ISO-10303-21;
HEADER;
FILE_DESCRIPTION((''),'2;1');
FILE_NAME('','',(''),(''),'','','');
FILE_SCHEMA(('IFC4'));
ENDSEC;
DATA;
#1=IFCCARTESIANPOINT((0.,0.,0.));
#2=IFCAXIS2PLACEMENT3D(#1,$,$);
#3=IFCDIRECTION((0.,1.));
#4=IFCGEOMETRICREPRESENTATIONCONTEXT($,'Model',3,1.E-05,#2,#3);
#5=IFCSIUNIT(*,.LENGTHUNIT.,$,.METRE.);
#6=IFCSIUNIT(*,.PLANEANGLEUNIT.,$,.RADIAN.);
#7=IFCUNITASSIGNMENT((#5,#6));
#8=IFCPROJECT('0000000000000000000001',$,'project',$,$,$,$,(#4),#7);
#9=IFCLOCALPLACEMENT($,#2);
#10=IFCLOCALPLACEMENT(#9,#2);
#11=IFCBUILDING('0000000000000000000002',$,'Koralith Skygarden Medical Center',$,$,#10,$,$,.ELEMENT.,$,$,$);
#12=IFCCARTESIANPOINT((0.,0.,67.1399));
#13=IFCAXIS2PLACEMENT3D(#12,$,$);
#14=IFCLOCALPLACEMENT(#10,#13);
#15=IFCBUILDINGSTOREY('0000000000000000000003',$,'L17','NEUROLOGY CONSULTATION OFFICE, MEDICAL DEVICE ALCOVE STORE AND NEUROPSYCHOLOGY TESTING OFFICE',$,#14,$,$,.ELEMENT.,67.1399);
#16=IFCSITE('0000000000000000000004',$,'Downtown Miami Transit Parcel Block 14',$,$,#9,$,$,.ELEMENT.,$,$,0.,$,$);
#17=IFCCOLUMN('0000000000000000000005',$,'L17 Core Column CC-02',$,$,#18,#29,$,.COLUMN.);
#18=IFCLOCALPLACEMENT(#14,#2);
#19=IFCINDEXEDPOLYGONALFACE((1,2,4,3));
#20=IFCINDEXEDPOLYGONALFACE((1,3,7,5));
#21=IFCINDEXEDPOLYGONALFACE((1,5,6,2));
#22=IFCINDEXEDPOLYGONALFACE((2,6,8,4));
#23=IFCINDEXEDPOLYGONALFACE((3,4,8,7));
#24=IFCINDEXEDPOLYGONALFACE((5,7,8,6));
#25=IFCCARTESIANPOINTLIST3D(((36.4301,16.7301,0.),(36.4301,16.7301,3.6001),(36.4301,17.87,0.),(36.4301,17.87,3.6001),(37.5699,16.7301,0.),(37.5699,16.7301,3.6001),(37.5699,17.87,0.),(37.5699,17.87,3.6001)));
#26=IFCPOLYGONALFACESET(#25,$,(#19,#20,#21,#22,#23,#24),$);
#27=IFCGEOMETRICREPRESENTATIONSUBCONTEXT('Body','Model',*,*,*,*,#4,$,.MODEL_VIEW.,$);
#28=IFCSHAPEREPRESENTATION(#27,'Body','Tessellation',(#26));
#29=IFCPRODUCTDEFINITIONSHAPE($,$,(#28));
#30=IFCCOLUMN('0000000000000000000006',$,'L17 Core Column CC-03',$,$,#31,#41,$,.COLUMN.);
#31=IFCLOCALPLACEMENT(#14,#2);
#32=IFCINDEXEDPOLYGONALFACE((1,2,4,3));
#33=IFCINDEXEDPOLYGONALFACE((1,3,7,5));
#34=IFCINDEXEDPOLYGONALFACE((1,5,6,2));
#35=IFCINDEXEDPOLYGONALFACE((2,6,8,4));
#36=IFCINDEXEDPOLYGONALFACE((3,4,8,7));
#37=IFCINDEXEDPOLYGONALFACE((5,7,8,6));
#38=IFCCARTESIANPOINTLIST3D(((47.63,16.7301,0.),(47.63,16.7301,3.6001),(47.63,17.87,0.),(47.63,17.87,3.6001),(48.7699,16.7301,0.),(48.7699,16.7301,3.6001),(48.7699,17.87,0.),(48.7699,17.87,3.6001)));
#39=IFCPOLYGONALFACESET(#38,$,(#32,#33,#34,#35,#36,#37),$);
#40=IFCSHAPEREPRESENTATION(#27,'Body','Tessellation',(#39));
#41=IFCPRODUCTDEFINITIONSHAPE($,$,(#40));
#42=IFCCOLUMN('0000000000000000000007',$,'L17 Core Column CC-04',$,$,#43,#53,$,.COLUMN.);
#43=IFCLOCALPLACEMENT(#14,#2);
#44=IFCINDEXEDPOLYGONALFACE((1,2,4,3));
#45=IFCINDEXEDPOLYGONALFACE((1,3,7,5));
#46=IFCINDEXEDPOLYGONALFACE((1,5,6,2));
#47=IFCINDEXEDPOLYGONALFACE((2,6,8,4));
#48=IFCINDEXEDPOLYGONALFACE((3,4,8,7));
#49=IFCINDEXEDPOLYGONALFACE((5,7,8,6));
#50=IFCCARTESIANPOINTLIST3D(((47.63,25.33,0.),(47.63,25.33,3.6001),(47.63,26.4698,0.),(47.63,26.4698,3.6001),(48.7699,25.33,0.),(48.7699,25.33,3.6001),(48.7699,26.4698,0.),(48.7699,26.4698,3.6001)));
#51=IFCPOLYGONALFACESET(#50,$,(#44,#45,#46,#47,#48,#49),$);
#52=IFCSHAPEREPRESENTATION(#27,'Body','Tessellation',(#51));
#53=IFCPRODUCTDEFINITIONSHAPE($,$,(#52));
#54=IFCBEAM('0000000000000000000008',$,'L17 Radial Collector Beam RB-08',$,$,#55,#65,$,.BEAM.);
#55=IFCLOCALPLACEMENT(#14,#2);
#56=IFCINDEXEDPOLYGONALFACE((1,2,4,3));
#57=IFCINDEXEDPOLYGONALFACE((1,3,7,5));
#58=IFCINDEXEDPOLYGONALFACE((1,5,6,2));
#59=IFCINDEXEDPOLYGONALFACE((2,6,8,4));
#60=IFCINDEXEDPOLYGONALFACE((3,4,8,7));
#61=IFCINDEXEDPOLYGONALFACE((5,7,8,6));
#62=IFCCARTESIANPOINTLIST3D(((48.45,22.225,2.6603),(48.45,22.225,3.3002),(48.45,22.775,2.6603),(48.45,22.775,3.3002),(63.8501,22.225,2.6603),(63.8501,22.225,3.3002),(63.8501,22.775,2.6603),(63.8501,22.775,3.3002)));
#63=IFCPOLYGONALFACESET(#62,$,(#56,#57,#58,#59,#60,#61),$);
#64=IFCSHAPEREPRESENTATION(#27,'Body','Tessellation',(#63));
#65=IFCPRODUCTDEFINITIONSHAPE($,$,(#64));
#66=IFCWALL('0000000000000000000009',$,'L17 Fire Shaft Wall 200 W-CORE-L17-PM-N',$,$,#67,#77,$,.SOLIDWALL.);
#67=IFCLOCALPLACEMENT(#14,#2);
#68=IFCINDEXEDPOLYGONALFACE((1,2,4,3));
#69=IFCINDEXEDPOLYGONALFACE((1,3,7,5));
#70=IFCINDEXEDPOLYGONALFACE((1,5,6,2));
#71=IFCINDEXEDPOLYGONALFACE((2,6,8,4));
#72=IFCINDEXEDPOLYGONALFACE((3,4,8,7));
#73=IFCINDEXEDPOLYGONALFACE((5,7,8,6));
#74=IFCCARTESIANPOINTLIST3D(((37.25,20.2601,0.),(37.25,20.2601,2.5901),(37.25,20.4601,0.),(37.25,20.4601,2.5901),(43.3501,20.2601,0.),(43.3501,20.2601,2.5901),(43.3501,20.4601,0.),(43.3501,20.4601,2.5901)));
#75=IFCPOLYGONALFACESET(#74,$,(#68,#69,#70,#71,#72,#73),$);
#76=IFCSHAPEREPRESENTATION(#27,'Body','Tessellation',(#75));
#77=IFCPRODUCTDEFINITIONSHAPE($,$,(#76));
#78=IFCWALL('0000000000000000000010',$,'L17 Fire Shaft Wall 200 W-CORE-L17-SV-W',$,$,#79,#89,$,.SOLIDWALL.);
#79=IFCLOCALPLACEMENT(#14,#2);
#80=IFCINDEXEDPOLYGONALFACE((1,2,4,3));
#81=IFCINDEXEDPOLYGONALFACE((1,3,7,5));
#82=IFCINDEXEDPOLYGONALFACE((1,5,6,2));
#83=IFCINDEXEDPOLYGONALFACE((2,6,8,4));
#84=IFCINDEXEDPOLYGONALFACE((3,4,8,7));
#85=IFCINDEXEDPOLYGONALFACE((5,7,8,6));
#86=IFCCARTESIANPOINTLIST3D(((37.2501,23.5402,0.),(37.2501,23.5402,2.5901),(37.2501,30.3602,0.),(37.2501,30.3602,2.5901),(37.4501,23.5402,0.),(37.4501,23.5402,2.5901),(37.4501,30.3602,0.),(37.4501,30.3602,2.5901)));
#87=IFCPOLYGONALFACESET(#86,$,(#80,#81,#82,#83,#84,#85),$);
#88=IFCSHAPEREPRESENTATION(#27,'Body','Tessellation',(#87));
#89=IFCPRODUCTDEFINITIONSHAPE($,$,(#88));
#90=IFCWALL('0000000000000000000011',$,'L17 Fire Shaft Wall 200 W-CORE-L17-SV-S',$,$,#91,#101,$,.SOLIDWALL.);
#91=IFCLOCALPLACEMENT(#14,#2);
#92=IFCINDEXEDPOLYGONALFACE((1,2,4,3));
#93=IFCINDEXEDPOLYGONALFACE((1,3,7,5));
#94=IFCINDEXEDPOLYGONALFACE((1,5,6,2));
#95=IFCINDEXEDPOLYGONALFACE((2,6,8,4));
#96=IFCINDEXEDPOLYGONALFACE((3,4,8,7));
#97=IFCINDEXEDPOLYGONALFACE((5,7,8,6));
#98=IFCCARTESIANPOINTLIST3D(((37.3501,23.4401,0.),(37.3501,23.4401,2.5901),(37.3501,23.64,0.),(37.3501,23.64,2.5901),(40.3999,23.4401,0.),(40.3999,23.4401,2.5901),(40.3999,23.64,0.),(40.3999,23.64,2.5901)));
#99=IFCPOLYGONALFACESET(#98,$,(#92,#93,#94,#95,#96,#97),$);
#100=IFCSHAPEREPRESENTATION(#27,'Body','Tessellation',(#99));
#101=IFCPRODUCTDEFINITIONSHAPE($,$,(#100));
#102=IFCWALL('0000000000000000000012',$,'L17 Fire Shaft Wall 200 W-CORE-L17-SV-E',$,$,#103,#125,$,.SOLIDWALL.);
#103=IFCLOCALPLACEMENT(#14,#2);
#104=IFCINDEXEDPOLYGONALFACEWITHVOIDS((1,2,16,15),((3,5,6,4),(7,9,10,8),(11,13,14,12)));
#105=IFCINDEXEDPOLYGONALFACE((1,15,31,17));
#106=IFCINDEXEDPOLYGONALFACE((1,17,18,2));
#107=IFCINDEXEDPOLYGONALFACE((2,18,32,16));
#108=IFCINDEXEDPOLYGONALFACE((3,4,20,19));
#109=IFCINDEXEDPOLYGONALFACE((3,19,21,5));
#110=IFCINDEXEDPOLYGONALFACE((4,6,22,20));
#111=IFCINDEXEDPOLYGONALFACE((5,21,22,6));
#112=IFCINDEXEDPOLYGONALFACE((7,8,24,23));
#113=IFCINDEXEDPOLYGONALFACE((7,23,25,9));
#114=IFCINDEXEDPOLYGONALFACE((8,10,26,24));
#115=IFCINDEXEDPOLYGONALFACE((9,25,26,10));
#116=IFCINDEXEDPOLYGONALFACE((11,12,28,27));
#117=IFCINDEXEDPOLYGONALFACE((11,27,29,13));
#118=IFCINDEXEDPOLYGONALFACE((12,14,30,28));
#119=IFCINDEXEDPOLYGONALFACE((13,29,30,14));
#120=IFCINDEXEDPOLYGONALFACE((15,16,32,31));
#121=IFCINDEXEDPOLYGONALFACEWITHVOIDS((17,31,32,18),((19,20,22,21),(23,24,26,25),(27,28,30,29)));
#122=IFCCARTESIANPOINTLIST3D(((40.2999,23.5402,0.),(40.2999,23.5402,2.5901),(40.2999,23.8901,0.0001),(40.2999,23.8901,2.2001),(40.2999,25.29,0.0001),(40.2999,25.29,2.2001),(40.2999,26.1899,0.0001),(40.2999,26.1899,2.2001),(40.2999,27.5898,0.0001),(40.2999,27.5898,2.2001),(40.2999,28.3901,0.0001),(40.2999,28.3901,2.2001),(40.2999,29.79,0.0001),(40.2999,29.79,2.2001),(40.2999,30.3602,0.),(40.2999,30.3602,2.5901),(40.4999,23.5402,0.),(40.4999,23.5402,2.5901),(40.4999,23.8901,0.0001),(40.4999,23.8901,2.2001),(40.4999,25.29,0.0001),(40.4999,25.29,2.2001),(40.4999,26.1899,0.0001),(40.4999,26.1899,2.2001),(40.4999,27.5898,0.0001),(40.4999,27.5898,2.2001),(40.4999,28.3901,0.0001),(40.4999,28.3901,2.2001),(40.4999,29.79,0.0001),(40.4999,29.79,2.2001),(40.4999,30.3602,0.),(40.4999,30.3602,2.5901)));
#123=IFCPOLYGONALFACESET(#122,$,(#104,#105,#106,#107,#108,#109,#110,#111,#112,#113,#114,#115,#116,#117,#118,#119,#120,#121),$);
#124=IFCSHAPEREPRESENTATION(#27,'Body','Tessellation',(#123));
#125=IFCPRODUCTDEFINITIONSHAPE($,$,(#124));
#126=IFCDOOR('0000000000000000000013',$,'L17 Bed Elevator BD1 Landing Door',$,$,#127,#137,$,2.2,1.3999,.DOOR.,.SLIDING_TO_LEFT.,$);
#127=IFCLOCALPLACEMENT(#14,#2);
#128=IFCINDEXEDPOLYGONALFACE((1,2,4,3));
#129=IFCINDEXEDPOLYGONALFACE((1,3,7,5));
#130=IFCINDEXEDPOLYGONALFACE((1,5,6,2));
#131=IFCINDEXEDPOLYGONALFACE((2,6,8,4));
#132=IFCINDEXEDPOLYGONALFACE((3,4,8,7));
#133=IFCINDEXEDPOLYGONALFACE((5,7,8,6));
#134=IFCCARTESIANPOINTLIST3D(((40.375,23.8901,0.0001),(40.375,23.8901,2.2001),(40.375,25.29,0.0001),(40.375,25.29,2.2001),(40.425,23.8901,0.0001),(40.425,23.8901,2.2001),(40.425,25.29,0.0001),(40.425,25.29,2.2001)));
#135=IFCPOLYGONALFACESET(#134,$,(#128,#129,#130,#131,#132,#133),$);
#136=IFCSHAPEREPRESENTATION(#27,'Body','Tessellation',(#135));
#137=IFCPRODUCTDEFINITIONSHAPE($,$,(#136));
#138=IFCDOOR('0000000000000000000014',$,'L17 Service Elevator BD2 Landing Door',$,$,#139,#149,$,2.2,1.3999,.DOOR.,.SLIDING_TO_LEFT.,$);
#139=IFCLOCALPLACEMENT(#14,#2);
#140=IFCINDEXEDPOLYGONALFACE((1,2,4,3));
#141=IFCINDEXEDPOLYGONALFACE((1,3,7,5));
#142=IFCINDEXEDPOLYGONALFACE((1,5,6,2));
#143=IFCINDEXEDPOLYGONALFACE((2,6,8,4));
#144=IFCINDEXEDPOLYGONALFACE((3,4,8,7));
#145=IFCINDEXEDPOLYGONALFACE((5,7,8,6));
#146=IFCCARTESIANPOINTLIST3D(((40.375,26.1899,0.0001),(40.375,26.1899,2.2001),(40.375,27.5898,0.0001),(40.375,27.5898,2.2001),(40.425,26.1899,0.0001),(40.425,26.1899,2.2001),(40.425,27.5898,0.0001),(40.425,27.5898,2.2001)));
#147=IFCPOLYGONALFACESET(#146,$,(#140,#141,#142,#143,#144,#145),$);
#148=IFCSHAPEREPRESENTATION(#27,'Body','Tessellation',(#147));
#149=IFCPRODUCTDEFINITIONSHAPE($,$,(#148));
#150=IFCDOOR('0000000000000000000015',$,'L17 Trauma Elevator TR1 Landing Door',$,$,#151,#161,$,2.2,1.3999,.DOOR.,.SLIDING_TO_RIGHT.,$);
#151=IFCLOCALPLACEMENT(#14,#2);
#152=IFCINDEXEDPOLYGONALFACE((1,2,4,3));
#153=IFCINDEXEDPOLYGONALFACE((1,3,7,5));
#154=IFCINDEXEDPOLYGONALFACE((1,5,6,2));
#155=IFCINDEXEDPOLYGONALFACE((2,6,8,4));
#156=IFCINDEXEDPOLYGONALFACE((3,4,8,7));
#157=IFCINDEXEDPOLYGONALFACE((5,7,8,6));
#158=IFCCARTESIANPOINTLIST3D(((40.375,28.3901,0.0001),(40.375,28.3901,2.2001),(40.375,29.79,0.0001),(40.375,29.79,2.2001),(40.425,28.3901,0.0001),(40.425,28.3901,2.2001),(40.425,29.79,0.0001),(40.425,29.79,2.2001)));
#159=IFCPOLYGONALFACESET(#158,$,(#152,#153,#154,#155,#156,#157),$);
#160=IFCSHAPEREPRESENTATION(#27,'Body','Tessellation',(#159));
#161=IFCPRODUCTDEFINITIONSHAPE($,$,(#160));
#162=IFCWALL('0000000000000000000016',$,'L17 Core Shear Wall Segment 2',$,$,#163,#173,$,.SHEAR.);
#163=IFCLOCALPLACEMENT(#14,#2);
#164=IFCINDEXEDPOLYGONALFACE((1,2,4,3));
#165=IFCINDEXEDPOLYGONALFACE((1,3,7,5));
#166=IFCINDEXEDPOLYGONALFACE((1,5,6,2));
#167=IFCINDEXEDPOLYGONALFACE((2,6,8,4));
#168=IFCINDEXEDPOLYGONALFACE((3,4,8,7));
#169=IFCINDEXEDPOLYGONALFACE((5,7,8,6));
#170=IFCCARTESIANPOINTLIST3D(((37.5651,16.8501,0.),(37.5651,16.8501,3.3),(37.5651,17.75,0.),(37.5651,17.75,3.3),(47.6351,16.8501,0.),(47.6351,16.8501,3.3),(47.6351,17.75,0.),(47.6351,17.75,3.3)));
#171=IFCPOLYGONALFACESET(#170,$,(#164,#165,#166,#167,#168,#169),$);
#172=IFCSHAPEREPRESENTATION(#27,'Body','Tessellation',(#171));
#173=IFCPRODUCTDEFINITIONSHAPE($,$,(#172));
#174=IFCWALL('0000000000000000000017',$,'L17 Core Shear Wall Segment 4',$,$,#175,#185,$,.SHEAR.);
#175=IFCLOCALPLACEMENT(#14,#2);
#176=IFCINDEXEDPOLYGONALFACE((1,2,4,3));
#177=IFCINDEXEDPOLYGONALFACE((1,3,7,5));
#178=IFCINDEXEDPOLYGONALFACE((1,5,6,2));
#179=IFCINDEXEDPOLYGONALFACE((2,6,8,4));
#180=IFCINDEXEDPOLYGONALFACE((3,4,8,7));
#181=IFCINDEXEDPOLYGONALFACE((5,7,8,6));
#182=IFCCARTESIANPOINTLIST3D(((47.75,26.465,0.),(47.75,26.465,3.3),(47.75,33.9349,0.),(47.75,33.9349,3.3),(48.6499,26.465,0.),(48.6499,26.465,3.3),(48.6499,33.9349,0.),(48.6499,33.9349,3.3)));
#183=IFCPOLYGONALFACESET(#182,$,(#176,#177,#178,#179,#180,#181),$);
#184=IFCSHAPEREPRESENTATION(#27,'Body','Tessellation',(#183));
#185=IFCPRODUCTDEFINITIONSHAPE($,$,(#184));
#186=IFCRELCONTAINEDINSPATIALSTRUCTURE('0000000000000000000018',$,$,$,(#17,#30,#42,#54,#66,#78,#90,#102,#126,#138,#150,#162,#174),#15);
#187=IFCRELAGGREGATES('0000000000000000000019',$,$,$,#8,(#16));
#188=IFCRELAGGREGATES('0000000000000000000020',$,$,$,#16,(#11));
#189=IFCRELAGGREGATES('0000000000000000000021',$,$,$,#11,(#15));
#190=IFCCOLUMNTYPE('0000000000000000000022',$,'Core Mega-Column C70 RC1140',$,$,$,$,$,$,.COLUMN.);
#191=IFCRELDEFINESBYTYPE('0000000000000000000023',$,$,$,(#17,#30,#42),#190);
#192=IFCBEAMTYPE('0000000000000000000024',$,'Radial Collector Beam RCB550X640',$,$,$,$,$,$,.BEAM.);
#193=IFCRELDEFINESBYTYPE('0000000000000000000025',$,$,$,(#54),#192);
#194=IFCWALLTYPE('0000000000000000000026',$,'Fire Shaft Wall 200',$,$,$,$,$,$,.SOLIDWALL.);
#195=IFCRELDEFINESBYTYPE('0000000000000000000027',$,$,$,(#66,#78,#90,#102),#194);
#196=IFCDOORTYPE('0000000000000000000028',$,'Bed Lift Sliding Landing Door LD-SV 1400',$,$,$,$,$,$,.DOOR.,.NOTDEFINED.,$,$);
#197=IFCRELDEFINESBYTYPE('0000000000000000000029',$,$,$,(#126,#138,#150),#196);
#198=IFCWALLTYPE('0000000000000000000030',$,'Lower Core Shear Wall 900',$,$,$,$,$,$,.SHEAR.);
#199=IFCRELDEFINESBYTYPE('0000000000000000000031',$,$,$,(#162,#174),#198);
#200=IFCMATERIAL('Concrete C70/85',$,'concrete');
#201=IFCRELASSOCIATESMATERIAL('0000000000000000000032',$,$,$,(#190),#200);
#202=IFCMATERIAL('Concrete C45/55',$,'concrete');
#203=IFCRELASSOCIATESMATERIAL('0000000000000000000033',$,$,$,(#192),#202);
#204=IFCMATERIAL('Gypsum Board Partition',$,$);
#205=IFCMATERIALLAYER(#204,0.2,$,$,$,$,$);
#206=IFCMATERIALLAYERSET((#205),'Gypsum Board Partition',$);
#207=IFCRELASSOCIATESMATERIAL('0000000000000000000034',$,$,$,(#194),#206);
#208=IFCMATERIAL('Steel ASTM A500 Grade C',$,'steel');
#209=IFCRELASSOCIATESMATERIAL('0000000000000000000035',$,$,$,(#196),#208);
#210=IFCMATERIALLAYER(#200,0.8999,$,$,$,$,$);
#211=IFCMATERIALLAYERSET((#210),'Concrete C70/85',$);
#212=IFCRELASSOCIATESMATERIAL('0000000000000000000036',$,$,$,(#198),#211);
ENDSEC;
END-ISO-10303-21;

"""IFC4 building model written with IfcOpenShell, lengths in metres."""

from ifc_helpers import new_model, si_unit, direction, frame, frame_2d, origin, origin_2d, place, context, subcontext, project, spatial, rectangle, extrude, material, layer, layer_set, material_profile, profile_set, type_object, element, fill, save


model = new_model("IFC4")

# Units and contexts
model_context = context("Model", 3, precision=1e-05, world=origin(), true_north=direction((0.0, 1.0)))
body_context = subcontext(model_context, "Body", "Model", "MODEL_VIEW")
ifc_project = project(units=[si_unit("LENGTHUNIT", "METRE"), si_unit("PLANEANGLEUNIT", "RADIAN")], contexts=[model_context])

# Site, building, storey
site_placement = place(None, origin())
site = spatial("IfcSite", under=ifc_project, at=site_placement, Name="Downtown Miami Transit Parcel Block 14", CompositionType="ELEMENT", RefElevation=0.0)
building_placement = place(site_placement, origin())
building = spatial("IfcBuilding", under=site, at=building_placement, Name="Koralith Skygarden Medical Center", CompositionType="ELEMENT")
storey_placement = place(building_placement, frame((0.0, 0.0, 67.1399)))
storey = spatial("IfcBuildingStorey", under=building, at=storey_placement, Name="L17", Description="NEUROLOGY CONSULTATION OFFICE, MEDICAL DEVICE ALCOVE STORE AND NEUROPSYCHOLOGY TESTING OFFICE", CompositionType="ELEMENT", Elevation=67.1399)

# Columns
ifc_material_1 = material(Name="Concrete C70/85", Category="concrete")
ifc_material_profile_1 = material_profile(ifc_material_1, rectangle(XDim=1.1399, YDim=1.1399, at=origin_2d()), Name="RC1140X1140")
ifc_profile_set_1 = profile_set([ifc_material_profile_1], Name="Concrete C70/85")
column_type = type_object("IfcColumnType", Name="Core Mega-Column C70 RC1140", PredefinedType="COLUMN", material=ifc_profile_set_1)
for number, where, z_axis, x_axis, name in (
    (1, (37.0, 17.3, 0.0), (0.0, 0.0, 1.0), (1.0, 0.0, 0.0), "L17 Core Column CC-02"),
    (2, (48.2, 17.3, 0.0), (0.0, 0.0, 1.0), (1.0, 0.0, 0.0), "L17 Core Column CC-03"),
    (3, (48.2, 25.8999, 0.0), (0.0, 0.0, 1.0), (1.0, 0.0, 0.0), "L17 Core Column CC-04"),
):
    element("IfcColumn", number, at=place(storey_placement, frame(where, z_axis=z_axis, x_axis=x_axis)), inside=storey, type_object=column_type, Name=name, PredefinedType="COLUMN", context=body_context, shape_type="SweptSolid", body=[
        extrude(rectangle(XDim=1.1399, YDim=1.1399, at=origin_2d()), origin(), (0.0, 0.0, 1.0), 3.6001),
    ])

# Beam
ifc_material_2 = material(Name="Concrete C45/55", Category="concrete")
ifc_material_profile_2 = material_profile(ifc_material_2, rectangle(XDim=0.55, YDim=0.6399, at=origin_2d()), Name="RCB550X640")
ifc_profile_set_2 = profile_set([ifc_material_profile_2], Name="Concrete C45/55")
beam_type = type_object("IfcBeamType", Name="Radial Collector Beam RCB550X640", PredefinedType="BEAM", material=ifc_profile_set_2)
beam_placement = place(storey_placement, frame((48.45, 22.5, 2.9802), z_axis=(1.0, 0.0, 0.0), x_axis=(0.0, 1.0, 0.0)))
element("IfcBeam", 4, at=beam_placement, inside=storey, type_object=beam_type, Name="L17 Radial Collector Beam RB-08", PredefinedType="BEAM", context=body_context, shape_type="SweptSolid", body=[
    extrude(rectangle(XDim=0.55, YDim=0.6399, at=origin_2d()), origin(), (0.0, 0.0, 1.0), 15.4001),
])

# Shared definitions
ifc_material_3 = material(Name="Gypsum Board Partition")
ifc_layer_1 = layer(ifc_material_3, 0.2)
ifc_layer_set_1 = layer_set([ifc_layer_1], Name="Gypsum Board Partition")
wall_type_1 = type_object("IfcWallType", Name="Fire Shaft Wall 200", PredefinedType="SOLIDWALL", material=ifc_layer_set_1)
ifc_material_4 = material(Name="Steel ASTM A500 Grade C", Category="steel")

# Walls
wall_1_placement = place(storey_placement, frame((37.25, 20.3601, 0.0), z_axis=(0.0, 0.0, 1.0), x_axis=(1.0, 0.0, 0.0)))
element("IfcWall", 5, at=wall_1_placement, inside=storey, type_object=wall_type_1, Name="L17 Fire Shaft Wall 200 W-CORE-L17-PM-N", PredefinedType="SOLIDWALL", context=body_context, shape_type="SweptSolid", body=[
    extrude(rectangle(XDim=6.1001, YDim=0.2, at=frame_2d((3.05, 0.0))), origin(), (0.0, 0.0, 1.0), 2.5901),
])
wall_2_placement = place(storey_placement, frame((37.3501, 23.54, 0.0), z_axis=(0.0, 0.0, 1.0), x_axis=(0.0, 1.0, 0.0)))
element("IfcWall", 6, at=wall_2_placement, inside=storey, type_object=wall_type_1, Name="L17 Fire Shaft Wall 200 W-CORE-L17-SV-W", PredefinedType="SOLIDWALL", context=body_context, shape_type="SweptSolid", body=[
    extrude(rectangle(XDim=6.8201, YDim=0.2, at=frame_2d((3.4102, 0.0))), origin(), (0.0, 0.0, 1.0), 2.5901),
])
wall_3_placement = place(storey_placement, frame((37.3501, 23.54, 0.0), z_axis=(0.0, 0.0, 1.0), x_axis=(1.0, 0.0, 0.0)))
element("IfcWall", 7, at=wall_3_placement, inside=storey, type_object=wall_type_1, Name="L17 Fire Shaft Wall 200 W-CORE-L17-SV-S", PredefinedType="SOLIDWALL", context=body_context, shape_type="SweptSolid", body=[
    extrude(rectangle(XDim=3.0498, YDim=0.2, at=frame_2d((1.5249, 0.0))), origin(), (0.0, 0.0, 1.0), 2.5901),
])

# Wall, openings, doors
wall_4_placement = place(storey_placement, frame((40.3999, 23.54, 0.0), z_axis=(0.0, 0.0, 1.0), x_axis=(0.0, 1.0, 0.0)))
wall_4 = element("IfcWall", 8, at=wall_4_placement, inside=storey, type_object=wall_type_1, Name="L17 Fire Shaft Wall 200 W-CORE-L17-SV-E", PredefinedType="SOLIDWALL", context=body_context, shape_type="SweptSolid", body=[
    extrude(rectangle(XDim=6.8201, YDim=0.2, at=frame_2d((3.4102, 0.0))), origin(), (0.0, 0.0, 1.0), 2.5901),
])
opening_1_placement = place(wall_4_placement, frame((0.3501, 0.0, 0.0)))
opening_1 = element("IfcOpeningElement", 9, at=opening_1_placement, cuts=wall_4, PredefinedType="OPENING", context=body_context, shape_type="SweptSolid", body=[
    extrude(rectangle(XDim=1.3999, YDim=2.2, at=frame_2d((0.7, 1.1001))), frame((0.0, 0.1099, 0.0), z_axis=(0.0, -1.0, 0.0), x_axis=(1.0, 0.0, 0.0)), (0.0, 0.0, 1.0), 0.22),
])
opening_2_placement = place(wall_4_placement, frame((2.6499, 0.0, 0.0)))
opening_2 = element("IfcOpeningElement", 10, at=opening_2_placement, cuts=wall_4, PredefinedType="OPENING", context=body_context, shape_type="SweptSolid", body=[
    extrude(rectangle(XDim=1.3999, YDim=2.2, at=frame_2d((0.7, 1.1001))), frame((0.0, 0.1099, 0.0), z_axis=(0.0, -1.0, 0.0), x_axis=(1.0, 0.0, 0.0)), (0.0, 0.0, 1.0), 0.22),
])
opening_3_placement = place(wall_4_placement, frame((4.8501, 0.0, 0.0)))
opening_3 = element("IfcOpeningElement", 11, at=opening_3_placement, cuts=wall_4, PredefinedType="OPENING", context=body_context, shape_type="SweptSolid", body=[
    extrude(rectangle(XDim=1.3999, YDim=2.2, at=frame_2d((0.7, 1.1001))), frame((0.0, 0.1099, 0.0), z_axis=(0.0, -1.0, 0.0), x_axis=(1.0, 0.0, 0.0)), (0.0, 0.0, 1.0), 0.22),
])
door_type_1 = type_object("IfcDoorType", Name="Bed Lift Sliding Landing Door LD-SV 1400", OperationType="NOTDEFINED", PredefinedType="DOOR", material=ifc_material_4)
door_1_placement = place(opening_1_placement, origin())
door_1 = element("IfcDoor", 12, at=door_1_placement, inside=storey, type_object=door_type_1, Name="L17 Bed Elevator BD1 Landing Door", OperationType="SLIDING_TO_LEFT", OverallHeight=2.2, OverallWidth=1.3999, PredefinedType="DOOR", context=body_context, shape_type="SweptSolid", body=[
    extrude(rectangle(XDim=1.3999, YDim=2.2, at=frame_2d((0.7, 1.1001))), frame((0.0, 0.0249, 0.0), z_axis=(0.0, -1.0, 0.0), x_axis=(1.0, 0.0, 0.0)), (0.0, 0.0, 1.0), 0.05),
])
fill(opening_1, door_1)
door_2_placement = place(opening_2_placement, origin())
door_2 = element("IfcDoor", 13, at=door_2_placement, inside=storey, type_object=door_type_1, Name="L17 Service Elevator BD2 Landing Door", OperationType="SLIDING_TO_LEFT", OverallHeight=2.2, OverallWidth=1.3999, PredefinedType="DOOR", context=body_context, shape_type="SweptSolid", body=[
    extrude(rectangle(XDim=1.3999, YDim=2.2, at=frame_2d((0.7, 1.1001))), frame((0.0, 0.0249, 0.0), z_axis=(0.0, -1.0, 0.0), x_axis=(1.0, 0.0, 0.0)), (0.0, 0.0, 1.0), 0.05),
])
fill(opening_2, door_2)
door_3_placement = place(opening_3_placement, origin())
door_3 = element("IfcDoor", 14, at=door_3_placement, inside=storey, type_object=door_type_1, Name="L17 Trauma Elevator TR1 Landing Door", OperationType="SLIDING_TO_RIGHT", OverallHeight=2.2, OverallWidth=1.3999, PredefinedType="DOOR", context=body_context, shape_type="SweptSolid", body=[
    extrude(rectangle(XDim=1.3999, YDim=2.2, at=frame_2d((0.7, 1.1001))), frame((0.0, 0.0249, 0.0), z_axis=(0.0, -1.0, 0.0), x_axis=(1.0, 0.0, 0.0)), (0.0, 0.0, 1.0), 0.05),
])
fill(opening_3, door_3)

# Wall
ifc_layer_2 = layer(ifc_material_1, 0.8999)
ifc_layer_set_2 = layer_set([ifc_layer_2], Name="Concrete C70/85")
wall_type_2 = type_object("IfcWallType", Name="Lower Core Shear Wall 900", PredefinedType="SHEAR", material=ifc_layer_set_2)
wall_5_placement = place(storey_placement, frame((37.5649, 17.3, 0.0), z_axis=(0.0, 0.0, 1.0), x_axis=(1.0, 0.0, 0.0)))
element("IfcWall", 15, at=wall_5_placement, inside=storey, type_object=wall_type_2, Name="L17 Core Shear Wall Segment 2", PredefinedType="SHEAR", context=body_context, shape_type="SweptSolid", body=[
    extrude(rectangle(XDim=10.0701, YDim=0.8999, at=frame_2d((5.0352, 0.0))), origin(), (0.0, 0.0, 1.0), 3.3),
])

# Wall
wall_6_placement = place(storey_placement, frame((48.2, 26.4651, 0.0), z_axis=(0.0, 0.0, 1.0), x_axis=(0.0, 1.0, 0.0)))
element("IfcWall", 16, at=wall_6_placement, inside=storey, type_object=wall_type_2, Name="L17 Core Shear Wall Segment 4", PredefinedType="SHEAR", context=body_context, shape_type="SweptSolid", body=[
    extrude(rectangle(XDim=7.47, YDim=0.8999, at=frame_2d((3.7349, 0.0))), origin(), (0.0, 0.0, 1.0), 3.3),
])

save(model, "model.ifc")
